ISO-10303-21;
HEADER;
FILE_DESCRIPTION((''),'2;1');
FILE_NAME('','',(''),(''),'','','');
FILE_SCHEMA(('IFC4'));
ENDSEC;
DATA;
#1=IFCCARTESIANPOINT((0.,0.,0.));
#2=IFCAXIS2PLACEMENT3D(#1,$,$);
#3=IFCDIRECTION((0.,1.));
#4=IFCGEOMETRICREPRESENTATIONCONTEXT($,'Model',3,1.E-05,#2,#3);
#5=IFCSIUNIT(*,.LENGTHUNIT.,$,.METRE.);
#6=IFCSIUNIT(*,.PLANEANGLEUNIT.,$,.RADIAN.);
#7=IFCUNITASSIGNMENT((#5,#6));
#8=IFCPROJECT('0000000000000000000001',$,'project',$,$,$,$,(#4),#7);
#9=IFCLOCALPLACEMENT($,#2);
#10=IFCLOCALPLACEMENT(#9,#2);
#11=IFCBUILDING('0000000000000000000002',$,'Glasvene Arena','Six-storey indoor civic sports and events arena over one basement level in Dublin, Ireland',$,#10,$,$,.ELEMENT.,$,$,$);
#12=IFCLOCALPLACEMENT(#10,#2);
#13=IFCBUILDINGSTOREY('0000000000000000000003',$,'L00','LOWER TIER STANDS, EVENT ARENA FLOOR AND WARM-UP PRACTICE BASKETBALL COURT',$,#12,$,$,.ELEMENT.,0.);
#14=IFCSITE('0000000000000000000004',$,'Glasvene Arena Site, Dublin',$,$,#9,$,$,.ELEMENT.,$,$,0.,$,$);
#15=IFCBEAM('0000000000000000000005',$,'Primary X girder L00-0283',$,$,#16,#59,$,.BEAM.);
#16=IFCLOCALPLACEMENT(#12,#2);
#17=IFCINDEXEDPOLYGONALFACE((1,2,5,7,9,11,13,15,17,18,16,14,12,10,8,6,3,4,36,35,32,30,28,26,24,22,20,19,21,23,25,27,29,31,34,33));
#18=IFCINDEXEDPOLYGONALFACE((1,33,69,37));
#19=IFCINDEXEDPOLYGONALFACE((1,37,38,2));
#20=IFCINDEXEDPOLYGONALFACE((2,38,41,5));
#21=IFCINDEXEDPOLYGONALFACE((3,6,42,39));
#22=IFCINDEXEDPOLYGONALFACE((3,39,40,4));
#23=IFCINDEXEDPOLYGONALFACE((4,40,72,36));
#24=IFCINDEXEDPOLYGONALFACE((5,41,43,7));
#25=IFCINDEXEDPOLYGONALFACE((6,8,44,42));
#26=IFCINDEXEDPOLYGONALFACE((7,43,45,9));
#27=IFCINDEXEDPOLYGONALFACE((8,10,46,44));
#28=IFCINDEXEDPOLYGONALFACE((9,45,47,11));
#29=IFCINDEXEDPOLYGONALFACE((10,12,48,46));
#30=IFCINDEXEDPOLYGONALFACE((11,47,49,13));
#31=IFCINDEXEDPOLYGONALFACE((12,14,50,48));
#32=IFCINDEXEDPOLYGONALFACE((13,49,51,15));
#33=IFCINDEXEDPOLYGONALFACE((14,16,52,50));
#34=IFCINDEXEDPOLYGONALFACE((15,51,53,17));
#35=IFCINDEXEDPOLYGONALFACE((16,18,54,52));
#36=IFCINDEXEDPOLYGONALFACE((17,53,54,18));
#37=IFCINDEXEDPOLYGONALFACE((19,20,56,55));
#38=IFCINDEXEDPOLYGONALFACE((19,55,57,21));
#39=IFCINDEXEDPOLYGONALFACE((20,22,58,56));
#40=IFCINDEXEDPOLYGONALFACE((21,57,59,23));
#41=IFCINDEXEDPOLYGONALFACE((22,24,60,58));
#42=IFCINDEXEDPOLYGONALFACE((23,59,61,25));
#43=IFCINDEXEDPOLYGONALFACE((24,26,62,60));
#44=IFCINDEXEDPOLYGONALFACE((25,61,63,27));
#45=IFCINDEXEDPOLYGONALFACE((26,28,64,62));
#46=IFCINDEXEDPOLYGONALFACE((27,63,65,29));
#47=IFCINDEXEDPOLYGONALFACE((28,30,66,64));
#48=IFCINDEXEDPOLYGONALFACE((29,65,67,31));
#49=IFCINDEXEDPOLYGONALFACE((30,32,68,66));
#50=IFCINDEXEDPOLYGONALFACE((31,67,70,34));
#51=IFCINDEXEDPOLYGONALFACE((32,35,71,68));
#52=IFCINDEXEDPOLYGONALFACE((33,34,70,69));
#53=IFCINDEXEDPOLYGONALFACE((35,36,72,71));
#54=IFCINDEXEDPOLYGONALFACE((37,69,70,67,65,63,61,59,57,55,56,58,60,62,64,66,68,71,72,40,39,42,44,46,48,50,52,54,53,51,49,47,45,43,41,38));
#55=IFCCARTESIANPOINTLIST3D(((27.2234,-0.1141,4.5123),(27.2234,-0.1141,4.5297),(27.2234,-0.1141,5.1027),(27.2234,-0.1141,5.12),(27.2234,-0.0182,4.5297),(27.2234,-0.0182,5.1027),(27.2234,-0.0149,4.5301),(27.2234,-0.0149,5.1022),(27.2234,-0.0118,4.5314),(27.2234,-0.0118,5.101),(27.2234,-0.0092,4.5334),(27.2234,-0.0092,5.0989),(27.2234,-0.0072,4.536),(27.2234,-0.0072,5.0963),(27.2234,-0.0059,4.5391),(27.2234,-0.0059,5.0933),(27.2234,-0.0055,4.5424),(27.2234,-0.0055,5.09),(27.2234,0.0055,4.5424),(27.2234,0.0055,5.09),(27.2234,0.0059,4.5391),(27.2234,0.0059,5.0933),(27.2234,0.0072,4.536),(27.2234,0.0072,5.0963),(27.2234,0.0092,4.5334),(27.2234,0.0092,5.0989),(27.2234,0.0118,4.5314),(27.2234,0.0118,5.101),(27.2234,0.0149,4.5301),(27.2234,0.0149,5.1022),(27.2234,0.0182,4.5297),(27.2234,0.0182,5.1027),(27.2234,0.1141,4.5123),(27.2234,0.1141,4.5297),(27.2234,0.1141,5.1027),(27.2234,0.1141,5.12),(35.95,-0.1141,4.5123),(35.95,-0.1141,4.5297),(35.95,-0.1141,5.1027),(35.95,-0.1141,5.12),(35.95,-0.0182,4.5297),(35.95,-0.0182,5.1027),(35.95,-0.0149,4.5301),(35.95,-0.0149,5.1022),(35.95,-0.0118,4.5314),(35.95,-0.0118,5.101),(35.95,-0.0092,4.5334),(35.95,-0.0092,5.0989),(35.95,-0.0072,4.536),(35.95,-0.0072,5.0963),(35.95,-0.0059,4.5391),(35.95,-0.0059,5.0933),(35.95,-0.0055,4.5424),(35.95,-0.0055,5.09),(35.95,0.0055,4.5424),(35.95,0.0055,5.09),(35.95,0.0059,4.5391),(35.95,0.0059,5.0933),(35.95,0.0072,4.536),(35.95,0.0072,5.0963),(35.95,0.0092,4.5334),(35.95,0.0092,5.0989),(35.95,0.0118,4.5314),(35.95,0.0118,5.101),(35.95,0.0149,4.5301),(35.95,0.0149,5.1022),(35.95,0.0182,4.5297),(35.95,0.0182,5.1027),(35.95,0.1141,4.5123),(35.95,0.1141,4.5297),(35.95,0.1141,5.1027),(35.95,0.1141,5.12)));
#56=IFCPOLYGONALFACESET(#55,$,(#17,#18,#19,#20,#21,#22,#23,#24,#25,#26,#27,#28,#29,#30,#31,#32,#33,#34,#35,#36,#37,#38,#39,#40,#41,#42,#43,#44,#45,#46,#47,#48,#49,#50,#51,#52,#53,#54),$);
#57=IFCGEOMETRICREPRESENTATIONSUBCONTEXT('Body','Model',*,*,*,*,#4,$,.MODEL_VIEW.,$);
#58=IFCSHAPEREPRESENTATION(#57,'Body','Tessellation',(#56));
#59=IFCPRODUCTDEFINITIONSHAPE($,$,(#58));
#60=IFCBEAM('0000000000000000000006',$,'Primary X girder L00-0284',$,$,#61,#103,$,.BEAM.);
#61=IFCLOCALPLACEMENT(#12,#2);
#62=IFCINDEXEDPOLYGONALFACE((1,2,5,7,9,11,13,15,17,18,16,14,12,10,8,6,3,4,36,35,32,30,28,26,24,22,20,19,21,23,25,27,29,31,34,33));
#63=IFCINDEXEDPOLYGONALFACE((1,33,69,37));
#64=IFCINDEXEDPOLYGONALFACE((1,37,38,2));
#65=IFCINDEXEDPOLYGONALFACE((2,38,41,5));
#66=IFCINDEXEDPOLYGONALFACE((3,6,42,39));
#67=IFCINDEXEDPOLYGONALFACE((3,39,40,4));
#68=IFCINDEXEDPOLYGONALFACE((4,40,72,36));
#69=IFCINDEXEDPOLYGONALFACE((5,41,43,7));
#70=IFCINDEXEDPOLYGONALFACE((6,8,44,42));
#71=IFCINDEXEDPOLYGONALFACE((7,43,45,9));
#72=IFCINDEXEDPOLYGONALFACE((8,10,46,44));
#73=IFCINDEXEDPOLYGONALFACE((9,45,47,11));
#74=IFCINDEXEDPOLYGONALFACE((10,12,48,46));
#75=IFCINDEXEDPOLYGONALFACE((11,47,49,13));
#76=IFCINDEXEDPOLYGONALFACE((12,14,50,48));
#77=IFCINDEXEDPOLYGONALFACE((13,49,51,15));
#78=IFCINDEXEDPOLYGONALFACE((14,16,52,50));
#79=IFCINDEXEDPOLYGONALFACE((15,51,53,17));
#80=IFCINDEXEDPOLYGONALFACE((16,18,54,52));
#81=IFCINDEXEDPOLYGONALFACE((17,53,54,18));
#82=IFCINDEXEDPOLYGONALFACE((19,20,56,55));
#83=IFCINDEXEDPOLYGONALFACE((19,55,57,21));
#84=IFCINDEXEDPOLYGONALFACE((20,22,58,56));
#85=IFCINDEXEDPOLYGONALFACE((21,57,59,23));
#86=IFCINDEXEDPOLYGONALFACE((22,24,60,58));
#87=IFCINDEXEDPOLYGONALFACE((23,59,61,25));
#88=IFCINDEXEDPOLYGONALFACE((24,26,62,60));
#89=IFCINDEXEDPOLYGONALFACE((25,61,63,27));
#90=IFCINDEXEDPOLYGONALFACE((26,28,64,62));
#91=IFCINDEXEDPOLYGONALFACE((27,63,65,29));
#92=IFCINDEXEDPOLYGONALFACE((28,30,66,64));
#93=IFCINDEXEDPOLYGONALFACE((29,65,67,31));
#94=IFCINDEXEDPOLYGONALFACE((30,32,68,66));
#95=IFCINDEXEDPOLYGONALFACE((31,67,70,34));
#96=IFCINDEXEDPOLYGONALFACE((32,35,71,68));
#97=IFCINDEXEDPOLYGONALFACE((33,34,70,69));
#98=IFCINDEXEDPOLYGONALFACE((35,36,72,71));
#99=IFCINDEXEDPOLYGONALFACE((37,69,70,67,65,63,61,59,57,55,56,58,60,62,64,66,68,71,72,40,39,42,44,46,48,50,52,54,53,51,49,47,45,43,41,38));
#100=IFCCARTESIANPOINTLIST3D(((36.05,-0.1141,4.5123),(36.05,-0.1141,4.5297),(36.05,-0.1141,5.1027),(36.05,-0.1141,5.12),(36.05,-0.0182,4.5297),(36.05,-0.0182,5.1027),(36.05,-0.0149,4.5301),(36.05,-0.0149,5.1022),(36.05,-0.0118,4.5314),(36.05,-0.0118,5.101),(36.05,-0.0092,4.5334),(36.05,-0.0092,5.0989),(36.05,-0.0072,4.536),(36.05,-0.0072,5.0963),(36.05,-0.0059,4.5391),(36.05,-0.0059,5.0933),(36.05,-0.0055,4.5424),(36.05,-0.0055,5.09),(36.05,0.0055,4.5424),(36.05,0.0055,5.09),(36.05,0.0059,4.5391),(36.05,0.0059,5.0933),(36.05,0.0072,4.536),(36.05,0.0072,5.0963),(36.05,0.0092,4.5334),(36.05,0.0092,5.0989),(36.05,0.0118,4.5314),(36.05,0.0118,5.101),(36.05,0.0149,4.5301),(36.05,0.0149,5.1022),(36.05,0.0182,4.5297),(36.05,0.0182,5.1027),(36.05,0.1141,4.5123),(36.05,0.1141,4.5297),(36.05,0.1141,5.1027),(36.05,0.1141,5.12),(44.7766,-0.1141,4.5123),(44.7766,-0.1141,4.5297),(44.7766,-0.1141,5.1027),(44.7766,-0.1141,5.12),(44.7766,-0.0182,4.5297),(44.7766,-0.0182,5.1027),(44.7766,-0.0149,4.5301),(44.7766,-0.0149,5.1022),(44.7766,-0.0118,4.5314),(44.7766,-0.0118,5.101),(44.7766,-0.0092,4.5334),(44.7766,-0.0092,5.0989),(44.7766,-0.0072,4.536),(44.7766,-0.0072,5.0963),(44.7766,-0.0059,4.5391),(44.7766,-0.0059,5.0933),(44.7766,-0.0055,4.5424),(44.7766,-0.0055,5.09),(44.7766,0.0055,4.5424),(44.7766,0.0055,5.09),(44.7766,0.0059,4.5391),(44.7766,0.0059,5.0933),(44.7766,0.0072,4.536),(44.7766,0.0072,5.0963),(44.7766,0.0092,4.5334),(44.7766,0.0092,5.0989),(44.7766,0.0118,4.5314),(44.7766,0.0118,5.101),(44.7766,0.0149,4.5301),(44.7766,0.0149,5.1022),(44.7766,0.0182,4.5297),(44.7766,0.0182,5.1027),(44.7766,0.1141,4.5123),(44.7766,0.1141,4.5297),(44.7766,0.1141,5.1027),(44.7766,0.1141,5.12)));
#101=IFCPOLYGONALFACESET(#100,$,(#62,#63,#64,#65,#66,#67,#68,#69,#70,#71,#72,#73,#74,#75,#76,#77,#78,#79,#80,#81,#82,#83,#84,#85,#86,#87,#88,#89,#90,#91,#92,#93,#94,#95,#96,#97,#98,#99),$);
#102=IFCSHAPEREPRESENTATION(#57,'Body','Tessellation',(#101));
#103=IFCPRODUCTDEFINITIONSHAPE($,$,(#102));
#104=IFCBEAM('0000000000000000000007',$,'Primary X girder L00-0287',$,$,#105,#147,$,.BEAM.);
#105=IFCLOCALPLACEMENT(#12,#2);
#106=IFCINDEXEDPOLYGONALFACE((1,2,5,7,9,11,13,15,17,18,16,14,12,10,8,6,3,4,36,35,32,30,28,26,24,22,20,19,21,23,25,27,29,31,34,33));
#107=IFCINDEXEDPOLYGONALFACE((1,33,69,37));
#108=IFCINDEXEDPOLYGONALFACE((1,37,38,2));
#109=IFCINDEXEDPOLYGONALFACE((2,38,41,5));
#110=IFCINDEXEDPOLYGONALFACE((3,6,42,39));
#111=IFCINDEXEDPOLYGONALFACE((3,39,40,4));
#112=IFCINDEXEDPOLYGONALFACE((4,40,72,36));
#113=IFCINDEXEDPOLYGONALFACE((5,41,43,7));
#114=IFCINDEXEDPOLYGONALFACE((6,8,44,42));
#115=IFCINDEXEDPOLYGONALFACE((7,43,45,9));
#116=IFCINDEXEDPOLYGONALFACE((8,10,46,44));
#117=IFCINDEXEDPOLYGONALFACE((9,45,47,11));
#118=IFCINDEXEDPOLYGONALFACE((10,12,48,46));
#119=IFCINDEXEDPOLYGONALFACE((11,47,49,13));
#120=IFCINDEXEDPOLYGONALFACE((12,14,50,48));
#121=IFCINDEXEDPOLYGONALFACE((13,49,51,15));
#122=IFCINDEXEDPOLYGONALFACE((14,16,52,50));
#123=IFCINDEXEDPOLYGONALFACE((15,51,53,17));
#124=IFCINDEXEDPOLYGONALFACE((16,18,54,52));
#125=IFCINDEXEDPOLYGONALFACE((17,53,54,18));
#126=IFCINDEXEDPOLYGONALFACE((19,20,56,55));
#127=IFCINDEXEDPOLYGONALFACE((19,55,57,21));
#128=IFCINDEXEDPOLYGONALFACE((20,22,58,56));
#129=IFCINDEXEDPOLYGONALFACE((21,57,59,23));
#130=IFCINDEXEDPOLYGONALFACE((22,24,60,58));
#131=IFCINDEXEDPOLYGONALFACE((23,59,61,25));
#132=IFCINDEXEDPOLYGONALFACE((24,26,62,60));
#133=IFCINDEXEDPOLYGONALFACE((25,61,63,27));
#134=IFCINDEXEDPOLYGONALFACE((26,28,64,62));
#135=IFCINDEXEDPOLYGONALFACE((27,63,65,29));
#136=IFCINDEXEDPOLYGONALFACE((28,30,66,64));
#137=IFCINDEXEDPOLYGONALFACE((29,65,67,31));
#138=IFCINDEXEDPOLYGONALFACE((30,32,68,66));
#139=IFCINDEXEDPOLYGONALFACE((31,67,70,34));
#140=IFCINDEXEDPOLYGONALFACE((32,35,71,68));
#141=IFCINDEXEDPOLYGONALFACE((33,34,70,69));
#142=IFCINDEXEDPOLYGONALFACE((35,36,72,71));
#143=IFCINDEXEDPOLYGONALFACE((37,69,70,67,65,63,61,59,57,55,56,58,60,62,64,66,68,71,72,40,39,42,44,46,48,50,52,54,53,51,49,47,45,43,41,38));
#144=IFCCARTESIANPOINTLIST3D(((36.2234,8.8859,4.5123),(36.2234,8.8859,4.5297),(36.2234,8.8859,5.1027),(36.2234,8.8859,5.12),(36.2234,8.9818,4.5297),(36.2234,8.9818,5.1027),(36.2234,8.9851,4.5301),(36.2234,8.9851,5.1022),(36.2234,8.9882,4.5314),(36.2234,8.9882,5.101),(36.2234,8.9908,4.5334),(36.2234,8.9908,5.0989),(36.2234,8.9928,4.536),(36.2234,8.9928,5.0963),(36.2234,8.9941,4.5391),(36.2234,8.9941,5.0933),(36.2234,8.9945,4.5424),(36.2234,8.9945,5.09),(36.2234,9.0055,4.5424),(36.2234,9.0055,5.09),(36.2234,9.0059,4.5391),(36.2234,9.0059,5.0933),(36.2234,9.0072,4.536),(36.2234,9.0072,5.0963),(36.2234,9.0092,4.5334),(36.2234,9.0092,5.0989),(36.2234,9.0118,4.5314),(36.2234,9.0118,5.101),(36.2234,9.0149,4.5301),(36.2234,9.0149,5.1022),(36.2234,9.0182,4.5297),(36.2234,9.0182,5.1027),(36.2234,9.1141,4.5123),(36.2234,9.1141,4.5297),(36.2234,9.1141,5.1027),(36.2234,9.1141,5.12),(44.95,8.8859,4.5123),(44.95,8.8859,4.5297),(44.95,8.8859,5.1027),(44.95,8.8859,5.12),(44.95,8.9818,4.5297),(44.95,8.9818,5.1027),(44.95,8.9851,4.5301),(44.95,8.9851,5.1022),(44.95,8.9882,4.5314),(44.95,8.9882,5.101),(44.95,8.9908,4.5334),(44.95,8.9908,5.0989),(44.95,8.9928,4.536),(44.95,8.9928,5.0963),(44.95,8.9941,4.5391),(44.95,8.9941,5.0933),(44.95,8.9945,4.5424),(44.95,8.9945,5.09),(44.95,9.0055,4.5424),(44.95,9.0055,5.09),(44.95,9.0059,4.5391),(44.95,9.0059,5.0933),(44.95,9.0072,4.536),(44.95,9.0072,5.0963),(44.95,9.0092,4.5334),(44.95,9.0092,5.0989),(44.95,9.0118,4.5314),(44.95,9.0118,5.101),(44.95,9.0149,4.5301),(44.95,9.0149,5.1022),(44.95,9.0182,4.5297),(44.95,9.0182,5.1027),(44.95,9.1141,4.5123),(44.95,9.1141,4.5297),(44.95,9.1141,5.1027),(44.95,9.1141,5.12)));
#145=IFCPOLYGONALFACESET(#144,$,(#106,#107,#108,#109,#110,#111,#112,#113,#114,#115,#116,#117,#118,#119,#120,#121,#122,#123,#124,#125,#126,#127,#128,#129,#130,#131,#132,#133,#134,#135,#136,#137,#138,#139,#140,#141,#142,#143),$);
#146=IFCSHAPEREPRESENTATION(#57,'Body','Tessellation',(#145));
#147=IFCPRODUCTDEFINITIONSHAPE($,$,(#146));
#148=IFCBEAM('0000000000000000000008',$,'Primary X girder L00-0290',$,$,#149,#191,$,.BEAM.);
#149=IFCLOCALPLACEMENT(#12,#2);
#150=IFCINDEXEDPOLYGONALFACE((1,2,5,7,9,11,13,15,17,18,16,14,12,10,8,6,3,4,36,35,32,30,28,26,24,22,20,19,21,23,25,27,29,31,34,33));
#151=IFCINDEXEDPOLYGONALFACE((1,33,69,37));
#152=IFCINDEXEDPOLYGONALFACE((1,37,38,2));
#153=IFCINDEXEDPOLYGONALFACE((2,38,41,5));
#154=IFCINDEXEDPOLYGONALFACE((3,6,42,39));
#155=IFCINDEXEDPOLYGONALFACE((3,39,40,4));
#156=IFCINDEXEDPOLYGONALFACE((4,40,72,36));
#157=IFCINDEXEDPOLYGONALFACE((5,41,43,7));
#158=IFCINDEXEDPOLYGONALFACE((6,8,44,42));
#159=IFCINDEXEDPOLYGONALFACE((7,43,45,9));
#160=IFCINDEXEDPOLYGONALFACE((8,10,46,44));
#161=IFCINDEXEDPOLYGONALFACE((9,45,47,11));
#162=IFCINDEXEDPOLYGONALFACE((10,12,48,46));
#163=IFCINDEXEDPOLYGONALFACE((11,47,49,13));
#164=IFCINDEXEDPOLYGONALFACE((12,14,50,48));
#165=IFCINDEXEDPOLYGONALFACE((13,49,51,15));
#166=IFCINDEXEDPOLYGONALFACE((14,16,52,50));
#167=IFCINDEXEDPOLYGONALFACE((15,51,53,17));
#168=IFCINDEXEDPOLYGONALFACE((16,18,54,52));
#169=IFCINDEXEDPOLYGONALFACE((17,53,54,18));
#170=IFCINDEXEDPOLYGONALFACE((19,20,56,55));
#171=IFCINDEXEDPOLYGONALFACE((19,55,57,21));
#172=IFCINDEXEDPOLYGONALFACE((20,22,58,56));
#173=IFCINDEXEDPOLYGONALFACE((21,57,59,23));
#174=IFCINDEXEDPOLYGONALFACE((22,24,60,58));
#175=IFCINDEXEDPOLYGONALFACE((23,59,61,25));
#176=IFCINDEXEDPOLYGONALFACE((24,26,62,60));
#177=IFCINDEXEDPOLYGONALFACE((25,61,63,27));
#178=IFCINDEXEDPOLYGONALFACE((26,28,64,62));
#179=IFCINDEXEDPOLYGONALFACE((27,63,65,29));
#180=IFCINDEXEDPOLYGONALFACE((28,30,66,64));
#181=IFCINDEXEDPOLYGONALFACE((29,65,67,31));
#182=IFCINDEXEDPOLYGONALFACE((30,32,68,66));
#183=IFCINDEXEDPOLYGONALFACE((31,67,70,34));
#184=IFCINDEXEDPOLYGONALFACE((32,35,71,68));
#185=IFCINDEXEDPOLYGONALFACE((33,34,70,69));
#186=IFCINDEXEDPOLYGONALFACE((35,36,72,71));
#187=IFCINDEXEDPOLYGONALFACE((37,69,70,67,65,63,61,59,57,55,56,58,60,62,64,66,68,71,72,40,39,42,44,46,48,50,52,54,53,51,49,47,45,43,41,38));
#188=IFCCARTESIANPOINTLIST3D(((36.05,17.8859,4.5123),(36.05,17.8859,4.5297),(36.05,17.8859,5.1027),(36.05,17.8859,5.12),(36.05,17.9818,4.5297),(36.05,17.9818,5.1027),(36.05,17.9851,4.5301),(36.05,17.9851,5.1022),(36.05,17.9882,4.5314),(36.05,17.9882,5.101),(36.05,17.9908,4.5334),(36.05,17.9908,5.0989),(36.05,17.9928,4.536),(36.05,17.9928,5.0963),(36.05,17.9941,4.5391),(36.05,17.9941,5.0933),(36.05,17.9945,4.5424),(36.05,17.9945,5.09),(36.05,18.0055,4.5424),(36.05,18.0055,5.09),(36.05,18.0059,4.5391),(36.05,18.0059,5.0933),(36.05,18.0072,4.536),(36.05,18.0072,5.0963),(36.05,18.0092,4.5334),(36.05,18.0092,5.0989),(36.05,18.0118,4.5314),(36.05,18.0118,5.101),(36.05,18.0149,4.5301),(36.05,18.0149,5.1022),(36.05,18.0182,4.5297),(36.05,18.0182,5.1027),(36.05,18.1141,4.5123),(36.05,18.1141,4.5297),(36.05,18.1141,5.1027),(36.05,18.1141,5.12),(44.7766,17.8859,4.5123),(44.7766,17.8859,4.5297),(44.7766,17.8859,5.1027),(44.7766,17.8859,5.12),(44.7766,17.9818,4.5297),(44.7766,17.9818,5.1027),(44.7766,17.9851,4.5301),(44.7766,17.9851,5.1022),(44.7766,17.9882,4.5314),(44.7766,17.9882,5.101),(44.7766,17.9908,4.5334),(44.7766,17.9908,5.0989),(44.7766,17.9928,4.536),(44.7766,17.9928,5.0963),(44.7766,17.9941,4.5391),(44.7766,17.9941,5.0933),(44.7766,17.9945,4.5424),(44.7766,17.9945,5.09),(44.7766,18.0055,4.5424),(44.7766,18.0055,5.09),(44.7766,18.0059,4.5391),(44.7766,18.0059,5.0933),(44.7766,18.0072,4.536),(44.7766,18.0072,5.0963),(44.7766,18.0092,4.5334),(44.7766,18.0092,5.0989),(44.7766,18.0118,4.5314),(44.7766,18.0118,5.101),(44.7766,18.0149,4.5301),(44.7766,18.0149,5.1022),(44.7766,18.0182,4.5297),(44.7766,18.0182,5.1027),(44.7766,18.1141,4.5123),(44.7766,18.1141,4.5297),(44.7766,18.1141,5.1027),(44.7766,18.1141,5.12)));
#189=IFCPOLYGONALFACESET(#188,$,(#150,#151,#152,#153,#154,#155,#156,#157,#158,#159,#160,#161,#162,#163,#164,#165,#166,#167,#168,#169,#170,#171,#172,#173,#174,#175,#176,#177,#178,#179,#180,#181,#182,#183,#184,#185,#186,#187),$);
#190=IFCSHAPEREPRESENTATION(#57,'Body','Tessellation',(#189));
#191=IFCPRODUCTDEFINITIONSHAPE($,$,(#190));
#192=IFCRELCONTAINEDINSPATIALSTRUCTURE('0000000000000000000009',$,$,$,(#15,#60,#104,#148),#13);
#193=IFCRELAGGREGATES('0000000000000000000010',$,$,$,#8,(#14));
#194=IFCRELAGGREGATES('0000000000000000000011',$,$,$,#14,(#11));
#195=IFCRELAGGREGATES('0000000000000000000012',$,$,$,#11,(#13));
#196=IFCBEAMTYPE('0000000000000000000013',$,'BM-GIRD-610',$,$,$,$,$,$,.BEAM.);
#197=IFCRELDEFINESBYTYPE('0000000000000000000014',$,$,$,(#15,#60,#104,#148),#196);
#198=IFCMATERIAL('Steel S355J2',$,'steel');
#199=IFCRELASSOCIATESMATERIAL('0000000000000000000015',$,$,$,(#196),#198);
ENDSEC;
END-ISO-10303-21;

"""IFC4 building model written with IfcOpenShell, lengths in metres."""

from ifc_helpers import new_model, si_unit, direction, frame, origin, origin_2d, place, context, subcontext, project, spatial, i_section, extrude, material, material_profile, profile_set, type_object, element, save


model = new_model("IFC4")

# Units and contexts
model_context = context("Model", 3, precision=1e-05, world=origin(), true_north=direction((0.0, 1.0)))
body_context = subcontext(model_context, "Body", "Model", "MODEL_VIEW")
ifc_project = project(units=[si_unit("LENGTHUNIT", "METRE"), si_unit("PLANEANGLEUNIT", "RADIAN")], contexts=[model_context])

# Site, building, storey
site_placement = place(None, origin())
site = spatial("IfcSite", under=ifc_project, at=site_placement, Name="Glasvene Arena Site, Dublin", CompositionType="ELEMENT", RefElevation=0.0)
building_placement = place(site_placement, origin())
building = spatial("IfcBuilding", under=site, at=building_placement, Name="Glasvene Arena", Description="Six-storey indoor civic sports and events arena over one basement level in Dublin, Ireland", CompositionType="ELEMENT")
storey_placement = place(building_placement, origin())
storey = spatial("IfcBuildingStorey", under=building, at=storey_placement, Name="L00", Description="LOWER TIER STANDS, EVENT ARENA FLOOR AND WARM-UP PRACTICE BASKETBALL COURT", CompositionType="ELEMENT", Elevation=0.0)

# Shared definitions
ifc_material_1 = material(Name="Steel S355J2", Category="steel")

# Beams
ifc_material_profile_1 = material_profile(ifc_material_1, i_section(OverallWidth=0.2283, OverallDepth=0.6077, WebThickness=0.011, FlangeThickness=0.0173, FilletRadius=0.0127, at=origin_2d()), Name="UKB 610x229x113")
ifc_profile_set_1 = profile_set([ifc_material_profile_1], Name="Steel S355J2")
beam_type_1 = type_object("IfcBeamType", Name="BM-GIRD-610", PredefinedType="BEAM", material=ifc_profile_set_1)
for number, where, z_axis, x_axis, name in (
    (1, (27.2234, 0.0, 4.8162), (1.0, 0.0, 0.0), (0.0, 1.0, 0.0), "Primary X girder L00-0283"),
    (2, (36.05, 0.0, 4.8162), (1.0, 0.0, 0.0), (0.0, 1.0, 0.0), "Primary X girder L00-0284"),
    (3, (36.2234, 9.0, 4.8162), (1.0, 0.0, 0.0), (0.0, 1.0, 0.0), "Primary X girder L00-0287"),
    (4, (36.05, 18.0, 4.8162), (1.0, 0.0, 0.0), (0.0, 1.0, 0.0), "Primary X girder L00-0290"),
):
    element("IfcBeam", number, at=place(storey_placement, frame(where, z_axis=z_axis, x_axis=x_axis)), inside=storey, type_object=beam_type_1, Name=name, PredefinedType="BEAM", context=body_context, shape_type="SweptSolid", body=[
        extrude(i_section(OverallWidth=0.2283, OverallDepth=0.6077, WebThickness=0.011, FlangeThickness=0.0173, FilletRadius=0.0127, at=origin_2d()), origin(), (0.0, 0.0, 1.0), 8.7266),
    ])

save(model, "model.ifc")
